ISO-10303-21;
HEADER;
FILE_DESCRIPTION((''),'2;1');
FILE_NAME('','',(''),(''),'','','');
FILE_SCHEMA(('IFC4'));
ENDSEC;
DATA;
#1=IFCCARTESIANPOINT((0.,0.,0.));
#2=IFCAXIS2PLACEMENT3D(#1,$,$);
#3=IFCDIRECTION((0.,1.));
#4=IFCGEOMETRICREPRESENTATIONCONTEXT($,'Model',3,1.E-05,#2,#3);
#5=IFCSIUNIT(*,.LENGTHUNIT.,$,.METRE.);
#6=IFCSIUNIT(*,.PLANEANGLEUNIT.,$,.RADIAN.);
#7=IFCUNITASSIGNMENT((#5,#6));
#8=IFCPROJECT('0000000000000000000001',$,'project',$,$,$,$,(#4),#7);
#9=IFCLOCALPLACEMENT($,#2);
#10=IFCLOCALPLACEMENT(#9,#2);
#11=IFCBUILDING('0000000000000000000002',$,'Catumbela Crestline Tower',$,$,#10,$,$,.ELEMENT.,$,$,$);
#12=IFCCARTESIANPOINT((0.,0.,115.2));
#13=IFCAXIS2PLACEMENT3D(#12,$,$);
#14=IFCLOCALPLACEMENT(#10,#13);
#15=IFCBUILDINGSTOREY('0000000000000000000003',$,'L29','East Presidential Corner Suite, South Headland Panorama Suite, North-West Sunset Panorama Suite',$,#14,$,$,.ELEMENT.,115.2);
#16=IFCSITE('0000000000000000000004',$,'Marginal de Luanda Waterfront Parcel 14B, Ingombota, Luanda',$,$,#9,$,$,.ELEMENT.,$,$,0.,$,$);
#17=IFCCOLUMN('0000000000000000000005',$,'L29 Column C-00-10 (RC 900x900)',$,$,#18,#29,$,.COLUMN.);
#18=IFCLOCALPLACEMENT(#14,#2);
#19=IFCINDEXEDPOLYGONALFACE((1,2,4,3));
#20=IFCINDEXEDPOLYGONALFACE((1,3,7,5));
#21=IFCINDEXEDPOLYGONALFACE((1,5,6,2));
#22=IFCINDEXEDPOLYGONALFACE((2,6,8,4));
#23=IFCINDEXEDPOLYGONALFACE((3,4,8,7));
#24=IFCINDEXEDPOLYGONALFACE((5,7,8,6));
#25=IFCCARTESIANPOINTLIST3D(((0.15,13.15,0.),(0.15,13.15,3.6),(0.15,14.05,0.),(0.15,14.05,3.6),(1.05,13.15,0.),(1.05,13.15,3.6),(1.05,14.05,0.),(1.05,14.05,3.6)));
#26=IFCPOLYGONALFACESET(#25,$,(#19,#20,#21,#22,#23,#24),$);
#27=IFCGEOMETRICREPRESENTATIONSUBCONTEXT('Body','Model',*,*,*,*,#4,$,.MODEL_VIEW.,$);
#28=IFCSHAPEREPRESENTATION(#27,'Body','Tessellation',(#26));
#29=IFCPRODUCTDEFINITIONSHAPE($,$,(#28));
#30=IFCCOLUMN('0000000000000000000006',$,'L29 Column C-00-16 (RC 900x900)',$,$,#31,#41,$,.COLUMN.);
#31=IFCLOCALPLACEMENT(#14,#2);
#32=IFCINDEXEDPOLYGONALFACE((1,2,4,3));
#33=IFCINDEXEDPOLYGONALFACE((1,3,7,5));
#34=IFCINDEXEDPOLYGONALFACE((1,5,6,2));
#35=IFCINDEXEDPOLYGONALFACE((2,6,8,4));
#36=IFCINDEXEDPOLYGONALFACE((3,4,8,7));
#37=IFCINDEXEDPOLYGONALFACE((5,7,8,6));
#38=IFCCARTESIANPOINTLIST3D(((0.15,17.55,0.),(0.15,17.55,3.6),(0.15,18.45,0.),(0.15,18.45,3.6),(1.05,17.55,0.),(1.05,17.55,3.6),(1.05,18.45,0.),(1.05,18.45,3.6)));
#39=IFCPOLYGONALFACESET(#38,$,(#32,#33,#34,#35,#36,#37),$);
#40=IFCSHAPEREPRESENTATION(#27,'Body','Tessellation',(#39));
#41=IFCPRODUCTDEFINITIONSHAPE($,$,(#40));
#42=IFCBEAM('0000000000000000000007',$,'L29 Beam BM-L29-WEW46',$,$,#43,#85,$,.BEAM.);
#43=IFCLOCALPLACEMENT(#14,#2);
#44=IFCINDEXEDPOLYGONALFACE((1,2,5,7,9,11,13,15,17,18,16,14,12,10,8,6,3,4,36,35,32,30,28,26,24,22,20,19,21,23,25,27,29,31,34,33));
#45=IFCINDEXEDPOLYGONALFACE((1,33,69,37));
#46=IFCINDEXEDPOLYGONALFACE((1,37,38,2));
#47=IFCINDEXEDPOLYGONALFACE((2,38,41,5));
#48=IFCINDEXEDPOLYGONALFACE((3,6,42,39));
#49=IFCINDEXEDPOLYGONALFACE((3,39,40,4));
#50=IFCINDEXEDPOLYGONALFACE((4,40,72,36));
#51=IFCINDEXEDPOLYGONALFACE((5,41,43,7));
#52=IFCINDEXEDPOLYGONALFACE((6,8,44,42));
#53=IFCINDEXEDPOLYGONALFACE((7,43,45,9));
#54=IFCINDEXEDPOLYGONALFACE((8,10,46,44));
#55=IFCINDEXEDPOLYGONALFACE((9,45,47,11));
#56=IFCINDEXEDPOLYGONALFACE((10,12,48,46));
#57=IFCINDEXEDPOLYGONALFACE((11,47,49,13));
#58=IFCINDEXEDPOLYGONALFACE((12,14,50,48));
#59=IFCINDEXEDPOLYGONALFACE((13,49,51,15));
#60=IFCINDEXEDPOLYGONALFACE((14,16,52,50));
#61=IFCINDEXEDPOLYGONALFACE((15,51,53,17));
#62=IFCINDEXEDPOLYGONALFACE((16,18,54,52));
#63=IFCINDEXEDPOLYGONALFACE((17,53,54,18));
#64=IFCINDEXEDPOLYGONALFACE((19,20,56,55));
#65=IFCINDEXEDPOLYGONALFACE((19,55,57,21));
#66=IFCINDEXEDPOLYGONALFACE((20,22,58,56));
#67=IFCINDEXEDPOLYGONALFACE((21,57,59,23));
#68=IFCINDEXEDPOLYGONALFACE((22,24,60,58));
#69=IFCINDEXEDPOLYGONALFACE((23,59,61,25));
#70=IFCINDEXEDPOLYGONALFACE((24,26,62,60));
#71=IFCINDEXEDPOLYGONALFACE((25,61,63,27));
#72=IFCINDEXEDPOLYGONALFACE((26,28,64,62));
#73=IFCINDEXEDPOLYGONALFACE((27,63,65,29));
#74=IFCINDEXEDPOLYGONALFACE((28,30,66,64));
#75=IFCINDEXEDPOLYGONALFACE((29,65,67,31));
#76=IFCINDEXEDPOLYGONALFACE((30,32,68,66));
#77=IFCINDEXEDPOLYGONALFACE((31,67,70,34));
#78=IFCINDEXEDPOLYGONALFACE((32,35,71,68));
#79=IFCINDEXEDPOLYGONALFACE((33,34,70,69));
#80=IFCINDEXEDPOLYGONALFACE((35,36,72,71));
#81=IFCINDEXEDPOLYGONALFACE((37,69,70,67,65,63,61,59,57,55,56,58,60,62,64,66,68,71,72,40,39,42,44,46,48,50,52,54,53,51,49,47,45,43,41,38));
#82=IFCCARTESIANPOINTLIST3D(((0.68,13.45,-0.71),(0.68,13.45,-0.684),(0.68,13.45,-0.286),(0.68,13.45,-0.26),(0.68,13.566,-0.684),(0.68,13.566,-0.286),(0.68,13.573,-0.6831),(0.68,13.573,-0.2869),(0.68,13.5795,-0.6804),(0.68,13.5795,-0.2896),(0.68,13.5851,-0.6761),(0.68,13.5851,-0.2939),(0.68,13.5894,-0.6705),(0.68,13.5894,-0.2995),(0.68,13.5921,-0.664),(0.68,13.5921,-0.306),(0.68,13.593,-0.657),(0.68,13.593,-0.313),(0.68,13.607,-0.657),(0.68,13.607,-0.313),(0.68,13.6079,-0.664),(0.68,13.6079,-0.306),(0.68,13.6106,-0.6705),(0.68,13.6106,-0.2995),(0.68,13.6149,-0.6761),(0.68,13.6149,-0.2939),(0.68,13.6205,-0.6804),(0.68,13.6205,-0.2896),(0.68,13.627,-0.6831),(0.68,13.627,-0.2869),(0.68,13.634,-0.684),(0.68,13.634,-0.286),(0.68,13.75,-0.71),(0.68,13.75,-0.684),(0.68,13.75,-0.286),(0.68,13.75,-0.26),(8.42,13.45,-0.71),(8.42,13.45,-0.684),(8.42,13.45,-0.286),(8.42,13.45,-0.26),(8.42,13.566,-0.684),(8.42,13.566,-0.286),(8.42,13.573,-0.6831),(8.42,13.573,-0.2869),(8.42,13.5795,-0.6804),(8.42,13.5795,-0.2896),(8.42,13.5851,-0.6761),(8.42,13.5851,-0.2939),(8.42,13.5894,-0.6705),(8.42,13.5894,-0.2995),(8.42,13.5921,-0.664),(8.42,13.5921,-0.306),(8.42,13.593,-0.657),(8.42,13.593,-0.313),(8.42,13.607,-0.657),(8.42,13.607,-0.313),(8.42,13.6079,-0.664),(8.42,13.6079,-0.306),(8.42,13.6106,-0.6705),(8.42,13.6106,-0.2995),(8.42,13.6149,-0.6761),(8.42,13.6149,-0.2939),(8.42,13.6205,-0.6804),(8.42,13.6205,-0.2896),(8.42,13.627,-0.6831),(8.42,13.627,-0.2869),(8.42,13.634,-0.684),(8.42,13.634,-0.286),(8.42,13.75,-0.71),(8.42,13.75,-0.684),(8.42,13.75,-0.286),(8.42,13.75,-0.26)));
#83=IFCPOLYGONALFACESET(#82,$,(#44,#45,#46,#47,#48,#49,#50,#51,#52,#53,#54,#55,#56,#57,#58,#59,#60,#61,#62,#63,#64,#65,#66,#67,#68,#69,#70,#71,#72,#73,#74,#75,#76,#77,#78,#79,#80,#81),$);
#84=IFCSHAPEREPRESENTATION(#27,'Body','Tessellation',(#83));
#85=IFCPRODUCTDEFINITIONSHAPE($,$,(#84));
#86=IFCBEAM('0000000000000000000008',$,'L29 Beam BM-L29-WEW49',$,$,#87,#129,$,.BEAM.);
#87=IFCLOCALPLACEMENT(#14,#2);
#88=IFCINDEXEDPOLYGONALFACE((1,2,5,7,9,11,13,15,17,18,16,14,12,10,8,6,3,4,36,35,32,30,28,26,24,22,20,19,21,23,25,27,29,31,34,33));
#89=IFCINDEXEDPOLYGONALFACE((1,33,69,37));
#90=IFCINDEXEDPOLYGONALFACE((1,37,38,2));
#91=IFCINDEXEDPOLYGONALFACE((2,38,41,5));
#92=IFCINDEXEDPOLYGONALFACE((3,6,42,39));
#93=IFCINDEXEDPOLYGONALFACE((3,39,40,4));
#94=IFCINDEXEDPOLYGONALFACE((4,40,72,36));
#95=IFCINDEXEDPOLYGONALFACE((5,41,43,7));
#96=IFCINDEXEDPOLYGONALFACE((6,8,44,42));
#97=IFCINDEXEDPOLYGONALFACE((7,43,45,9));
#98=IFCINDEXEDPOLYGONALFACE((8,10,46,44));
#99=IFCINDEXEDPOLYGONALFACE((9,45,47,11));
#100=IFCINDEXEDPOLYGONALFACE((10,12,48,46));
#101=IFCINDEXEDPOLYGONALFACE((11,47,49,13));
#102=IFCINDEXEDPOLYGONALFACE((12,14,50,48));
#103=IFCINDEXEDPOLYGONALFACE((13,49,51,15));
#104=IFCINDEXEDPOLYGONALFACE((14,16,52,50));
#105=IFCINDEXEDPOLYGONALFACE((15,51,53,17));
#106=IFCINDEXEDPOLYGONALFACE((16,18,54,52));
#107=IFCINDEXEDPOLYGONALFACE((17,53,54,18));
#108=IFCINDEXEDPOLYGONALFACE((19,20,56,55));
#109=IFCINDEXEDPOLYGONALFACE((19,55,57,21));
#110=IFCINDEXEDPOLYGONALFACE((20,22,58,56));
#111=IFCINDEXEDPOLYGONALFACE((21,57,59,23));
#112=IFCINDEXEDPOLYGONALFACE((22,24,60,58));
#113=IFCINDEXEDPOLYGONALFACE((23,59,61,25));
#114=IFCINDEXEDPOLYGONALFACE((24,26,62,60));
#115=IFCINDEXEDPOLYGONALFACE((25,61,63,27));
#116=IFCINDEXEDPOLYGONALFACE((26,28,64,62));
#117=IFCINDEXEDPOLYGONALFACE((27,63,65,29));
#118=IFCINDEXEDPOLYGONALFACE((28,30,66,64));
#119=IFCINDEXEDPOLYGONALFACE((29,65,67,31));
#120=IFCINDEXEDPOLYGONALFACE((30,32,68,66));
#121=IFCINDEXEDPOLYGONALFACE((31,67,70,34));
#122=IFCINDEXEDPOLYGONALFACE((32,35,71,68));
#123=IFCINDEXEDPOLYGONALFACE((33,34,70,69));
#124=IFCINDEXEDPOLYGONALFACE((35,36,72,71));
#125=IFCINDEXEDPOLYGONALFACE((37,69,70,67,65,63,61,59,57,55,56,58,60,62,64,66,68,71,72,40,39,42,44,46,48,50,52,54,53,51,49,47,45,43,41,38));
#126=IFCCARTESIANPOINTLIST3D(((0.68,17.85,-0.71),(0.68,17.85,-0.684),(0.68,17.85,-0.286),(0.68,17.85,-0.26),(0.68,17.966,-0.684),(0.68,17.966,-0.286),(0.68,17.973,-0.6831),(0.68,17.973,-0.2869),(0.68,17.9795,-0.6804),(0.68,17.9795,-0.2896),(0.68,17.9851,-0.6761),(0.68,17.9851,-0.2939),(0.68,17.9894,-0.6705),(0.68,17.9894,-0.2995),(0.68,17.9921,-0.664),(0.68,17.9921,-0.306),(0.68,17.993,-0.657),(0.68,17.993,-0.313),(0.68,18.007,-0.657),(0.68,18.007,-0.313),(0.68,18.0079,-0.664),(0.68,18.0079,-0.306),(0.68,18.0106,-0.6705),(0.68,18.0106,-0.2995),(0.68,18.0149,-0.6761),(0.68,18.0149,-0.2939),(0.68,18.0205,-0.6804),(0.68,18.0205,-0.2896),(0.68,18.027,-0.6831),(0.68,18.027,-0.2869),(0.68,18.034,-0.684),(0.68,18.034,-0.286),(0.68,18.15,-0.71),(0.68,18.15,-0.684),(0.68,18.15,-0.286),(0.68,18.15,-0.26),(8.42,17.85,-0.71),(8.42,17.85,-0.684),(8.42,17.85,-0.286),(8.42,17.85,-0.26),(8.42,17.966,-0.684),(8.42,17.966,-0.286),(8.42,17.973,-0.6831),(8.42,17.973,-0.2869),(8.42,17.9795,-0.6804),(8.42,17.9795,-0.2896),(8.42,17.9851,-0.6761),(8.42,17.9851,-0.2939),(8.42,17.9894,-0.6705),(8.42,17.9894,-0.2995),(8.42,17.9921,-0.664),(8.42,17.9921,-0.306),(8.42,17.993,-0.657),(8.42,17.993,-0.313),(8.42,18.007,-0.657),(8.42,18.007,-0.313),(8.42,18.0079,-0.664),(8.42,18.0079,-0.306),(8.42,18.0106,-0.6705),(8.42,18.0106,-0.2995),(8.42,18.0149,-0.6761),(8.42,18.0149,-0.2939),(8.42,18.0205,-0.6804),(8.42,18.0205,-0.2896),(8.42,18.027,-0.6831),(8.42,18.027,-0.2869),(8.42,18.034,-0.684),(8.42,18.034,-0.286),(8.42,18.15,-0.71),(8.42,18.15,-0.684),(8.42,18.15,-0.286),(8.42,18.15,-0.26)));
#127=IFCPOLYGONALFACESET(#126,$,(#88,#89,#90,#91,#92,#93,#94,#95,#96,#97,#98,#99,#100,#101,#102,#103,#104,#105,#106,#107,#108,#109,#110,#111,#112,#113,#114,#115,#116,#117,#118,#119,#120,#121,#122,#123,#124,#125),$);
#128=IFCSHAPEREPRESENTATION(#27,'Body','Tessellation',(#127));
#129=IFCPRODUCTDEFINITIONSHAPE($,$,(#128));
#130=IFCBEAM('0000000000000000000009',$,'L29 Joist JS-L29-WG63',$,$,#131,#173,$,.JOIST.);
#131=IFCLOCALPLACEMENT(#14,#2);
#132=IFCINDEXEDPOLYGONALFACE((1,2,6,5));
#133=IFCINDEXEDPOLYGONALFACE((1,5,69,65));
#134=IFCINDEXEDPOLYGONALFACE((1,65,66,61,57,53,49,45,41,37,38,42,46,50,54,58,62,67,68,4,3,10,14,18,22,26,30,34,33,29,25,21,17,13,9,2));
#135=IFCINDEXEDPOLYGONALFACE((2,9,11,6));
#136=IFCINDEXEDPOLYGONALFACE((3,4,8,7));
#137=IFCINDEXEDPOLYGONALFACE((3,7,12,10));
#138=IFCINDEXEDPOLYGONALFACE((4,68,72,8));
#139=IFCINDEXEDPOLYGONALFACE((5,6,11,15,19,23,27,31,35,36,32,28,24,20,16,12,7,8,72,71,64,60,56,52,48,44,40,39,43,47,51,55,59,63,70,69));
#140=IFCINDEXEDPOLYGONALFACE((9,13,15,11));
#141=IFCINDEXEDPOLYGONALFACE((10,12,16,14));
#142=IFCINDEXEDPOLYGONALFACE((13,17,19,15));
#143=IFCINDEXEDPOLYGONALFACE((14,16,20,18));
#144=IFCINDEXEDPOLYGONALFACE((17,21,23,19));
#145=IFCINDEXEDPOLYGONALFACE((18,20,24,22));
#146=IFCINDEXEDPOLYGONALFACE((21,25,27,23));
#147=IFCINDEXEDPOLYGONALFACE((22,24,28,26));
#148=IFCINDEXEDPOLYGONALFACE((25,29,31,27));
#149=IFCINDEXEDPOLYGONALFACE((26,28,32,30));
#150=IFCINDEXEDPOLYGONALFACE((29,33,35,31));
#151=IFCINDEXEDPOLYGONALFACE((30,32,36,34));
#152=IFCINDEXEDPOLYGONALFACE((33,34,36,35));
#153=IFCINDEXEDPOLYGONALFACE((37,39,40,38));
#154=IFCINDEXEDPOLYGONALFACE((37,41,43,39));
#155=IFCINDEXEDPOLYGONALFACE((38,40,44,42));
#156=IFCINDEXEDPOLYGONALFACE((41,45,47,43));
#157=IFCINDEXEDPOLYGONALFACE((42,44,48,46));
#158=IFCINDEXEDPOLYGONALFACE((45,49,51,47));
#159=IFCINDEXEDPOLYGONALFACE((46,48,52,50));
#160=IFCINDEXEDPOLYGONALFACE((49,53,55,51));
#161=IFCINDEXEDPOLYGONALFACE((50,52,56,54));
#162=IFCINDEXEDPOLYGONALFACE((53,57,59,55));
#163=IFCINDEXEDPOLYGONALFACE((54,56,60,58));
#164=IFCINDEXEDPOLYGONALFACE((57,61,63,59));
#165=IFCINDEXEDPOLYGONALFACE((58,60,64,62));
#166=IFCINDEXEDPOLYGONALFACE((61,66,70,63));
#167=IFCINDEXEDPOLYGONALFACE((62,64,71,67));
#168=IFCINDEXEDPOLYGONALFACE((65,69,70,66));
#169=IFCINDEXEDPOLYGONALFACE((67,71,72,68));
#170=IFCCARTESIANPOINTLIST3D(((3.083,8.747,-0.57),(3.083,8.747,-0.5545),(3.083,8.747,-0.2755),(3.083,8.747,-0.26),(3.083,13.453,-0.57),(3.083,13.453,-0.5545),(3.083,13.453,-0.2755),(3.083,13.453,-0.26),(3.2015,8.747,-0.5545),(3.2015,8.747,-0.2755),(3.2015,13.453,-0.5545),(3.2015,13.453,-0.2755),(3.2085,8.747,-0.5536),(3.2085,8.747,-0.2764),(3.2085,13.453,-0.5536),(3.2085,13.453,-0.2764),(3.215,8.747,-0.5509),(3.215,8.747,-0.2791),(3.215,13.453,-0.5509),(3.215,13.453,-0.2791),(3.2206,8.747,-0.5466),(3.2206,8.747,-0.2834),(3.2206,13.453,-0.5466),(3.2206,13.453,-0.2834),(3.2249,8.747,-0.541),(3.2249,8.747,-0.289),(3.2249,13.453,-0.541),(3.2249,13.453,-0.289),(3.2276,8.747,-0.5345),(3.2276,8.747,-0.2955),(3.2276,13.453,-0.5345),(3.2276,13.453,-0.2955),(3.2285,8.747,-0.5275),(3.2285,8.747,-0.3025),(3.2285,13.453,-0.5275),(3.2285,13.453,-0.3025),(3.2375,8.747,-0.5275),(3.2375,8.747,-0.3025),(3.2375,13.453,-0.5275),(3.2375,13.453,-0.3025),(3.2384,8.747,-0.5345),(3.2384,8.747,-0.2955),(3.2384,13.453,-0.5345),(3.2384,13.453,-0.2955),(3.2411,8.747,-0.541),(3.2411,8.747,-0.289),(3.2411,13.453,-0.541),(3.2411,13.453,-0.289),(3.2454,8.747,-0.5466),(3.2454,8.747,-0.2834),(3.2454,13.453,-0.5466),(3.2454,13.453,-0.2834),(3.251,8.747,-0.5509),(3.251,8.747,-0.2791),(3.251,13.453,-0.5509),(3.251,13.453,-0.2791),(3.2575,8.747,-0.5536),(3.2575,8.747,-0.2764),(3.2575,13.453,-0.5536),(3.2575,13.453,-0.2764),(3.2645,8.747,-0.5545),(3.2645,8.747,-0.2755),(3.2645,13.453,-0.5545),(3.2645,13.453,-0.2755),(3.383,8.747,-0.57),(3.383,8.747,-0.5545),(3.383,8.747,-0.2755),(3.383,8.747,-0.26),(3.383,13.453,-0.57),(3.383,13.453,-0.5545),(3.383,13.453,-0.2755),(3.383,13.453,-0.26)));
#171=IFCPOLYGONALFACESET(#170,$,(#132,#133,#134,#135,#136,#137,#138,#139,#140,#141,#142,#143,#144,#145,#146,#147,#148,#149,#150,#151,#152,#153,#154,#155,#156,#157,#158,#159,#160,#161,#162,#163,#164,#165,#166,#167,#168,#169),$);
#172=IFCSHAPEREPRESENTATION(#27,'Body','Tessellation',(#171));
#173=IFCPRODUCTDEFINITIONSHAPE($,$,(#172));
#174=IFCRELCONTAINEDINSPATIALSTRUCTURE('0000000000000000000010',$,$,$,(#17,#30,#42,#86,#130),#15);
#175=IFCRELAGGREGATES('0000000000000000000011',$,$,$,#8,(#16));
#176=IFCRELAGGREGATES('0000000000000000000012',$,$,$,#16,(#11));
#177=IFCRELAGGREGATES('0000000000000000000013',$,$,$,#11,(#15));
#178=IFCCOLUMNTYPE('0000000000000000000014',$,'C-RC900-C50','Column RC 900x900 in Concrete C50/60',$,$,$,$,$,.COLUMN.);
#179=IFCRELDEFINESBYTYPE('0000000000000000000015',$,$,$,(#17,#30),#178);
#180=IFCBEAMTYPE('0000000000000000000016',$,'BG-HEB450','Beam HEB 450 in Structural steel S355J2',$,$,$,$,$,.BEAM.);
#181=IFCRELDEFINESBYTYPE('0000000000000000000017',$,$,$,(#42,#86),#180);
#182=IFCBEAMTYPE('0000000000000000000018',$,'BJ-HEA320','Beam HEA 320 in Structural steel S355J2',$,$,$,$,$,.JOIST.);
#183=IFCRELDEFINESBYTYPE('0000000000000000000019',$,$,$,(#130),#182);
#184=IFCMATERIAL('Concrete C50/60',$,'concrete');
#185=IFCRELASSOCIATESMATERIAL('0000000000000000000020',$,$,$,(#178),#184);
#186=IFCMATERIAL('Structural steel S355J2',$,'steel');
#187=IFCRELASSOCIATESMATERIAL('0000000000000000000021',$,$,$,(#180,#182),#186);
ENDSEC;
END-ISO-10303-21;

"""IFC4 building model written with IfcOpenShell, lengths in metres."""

from ifc_helpers import new_model, si_unit, direction, frame, origin, origin_2d, place, context, subcontext, project, spatial, rectangle, i_section, extrude, material, material_profile, profile_set, type_object, element, save


model = new_model("IFC4")

# Units and contexts
model_context = context("Model", 3, precision=1e-05, world=origin(), true_north=direction((0.0, 1.0)))
body_context = subcontext(model_context, "Body", "Model", "MODEL_VIEW")
ifc_project = project(units=[si_unit("LENGTHUNIT", "METRE"), si_unit("PLANEANGLEUNIT", "RADIAN")], contexts=[model_context])

# Site, building, storey
site_placement = place(None, origin())
site = spatial("IfcSite", under=ifc_project, at=site_placement, Name="Marginal de Luanda Waterfront Parcel 14B, Ingombota, Luanda", CompositionType="ELEMENT", RefElevation=0.0)
building_placement = place(site_placement, origin())
building = spatial("IfcBuilding", under=site, at=building_placement, Name="Catumbela Crestline Tower", CompositionType="ELEMENT")
storey_placement = place(building_placement, frame((0.0, 0.0, 115.2)))
storey = spatial("IfcBuildingStorey", under=building, at=storey_placement, Name="L29", Description="East Presidential Corner Suite, South Headland Panorama Suite, North-West Sunset Panorama Suite", CompositionType="ELEMENT", Elevation=115.2)

# Columns
ifc_material_1 = material(Name="Concrete C50/60", Category="concrete")
ifc_material_profile_1 = material_profile(ifc_material_1, rectangle(XDim=0.9, YDim=0.9, at=origin_2d()), Name="RC 900x900")
ifc_profile_set_1 = profile_set([ifc_material_profile_1], Name="Concrete C50/60")
column_type = type_object("IfcColumnType", Name="C-RC900-C50", Description="Column RC 900x900 in Concrete C50/60", PredefinedType="COLUMN", material=ifc_profile_set_1)
for number, where, z_axis, x_axis, name in (
    (1, (0.6, 13.6, 0.0), (0.0, 0.0, 1.0), (1.0, 0.0, 0.0), "L29 Column C-00-10 (RC 900x900)"),
    (2, (0.6, 18.0, 0.0), (0.0, 0.0, 1.0), (1.0, 0.0, 0.0), "L29 Column C-00-16 (RC 900x900)"),
):
    element("IfcColumn", number, at=place(storey_placement, frame(where, z_axis=z_axis, x_axis=x_axis)), inside=storey, type_object=column_type, Name=name, PredefinedType="COLUMN", context=body_context, shape_type="SweptSolid", body=[
        extrude(rectangle(XDim=0.9, YDim=0.9, at=origin_2d()), origin(), (0.0, 0.0, 1.0), 3.6),
    ])

# Beams
ifc_material_2 = material(Name="Structural steel S355J2", Category="steel")
ifc_material_profile_2 = material_profile(ifc_material_2, i_section(OverallWidth=0.3, OverallDepth=0.45, WebThickness=0.014, FlangeThickness=0.026, FilletRadius=0.027, at=origin_2d()), Name="HEB 450")
ifc_profile_set_2 = profile_set([ifc_material_profile_2], Name="Structural steel S355J2")
beam_type_1 = type_object("IfcBeamType", Name="BG-HEB450", Description="Beam HEB 450 in Structural steel S355J2", PredefinedType="BEAM", material=ifc_profile_set_2)
for number, where, z_axis, x_axis, name in (
    (3, (0.68, 13.6, -0.485), (1.0, 0.0, 0.0), (0.0, 1.0, 0.0), "L29 Beam BM-L29-WEW46"),
    (4, (0.68, 18.0, -0.485), (1.0, 0.0, 0.0), (0.0, 1.0, 0.0), "L29 Beam BM-L29-WEW49"),
):
    element("IfcBeam", number, at=place(storey_placement, frame(where, z_axis=z_axis, x_axis=x_axis)), inside=storey, type_object=beam_type_1, Name=name, PredefinedType="BEAM", context=body_context, shape_type="SweptSolid", body=[
        extrude(i_section(OverallWidth=0.3, OverallDepth=0.45, WebThickness=0.014, FlangeThickness=0.026, FilletRadius=0.027, at=origin_2d()), origin(), (0.0, 0.0, 1.0), 7.74),
    ])
ifc_material_profile_3 = material_profile(ifc_material_2, i_section(OverallWidth=0.3, OverallDepth=0.31, WebThickness=0.009, FlangeThickness=0.0155, FilletRadius=0.027, at=origin_2d()), Name="HEA 320")
ifc_profile_set_3 = profile_set([ifc_material_profile_3], Name="Structural steel S355J2")
beam_type_2 = type_object("IfcBeamType", Name="BJ-HEA320", Description="Beam HEA 320 in Structural steel S355J2", PredefinedType="JOIST", material=ifc_profile_set_3)
for number, where, z_axis, x_axis, name in (
    (5, (3.233, 8.747, -0.415), (0.0, 1.0, 0.0), (-1.0, 0.0, 0.0), "L29 Joist JS-L29-WG63"),
):
    element("IfcBeam", number, at=place(storey_placement, frame(where, z_axis=z_axis, x_axis=x_axis)), inside=storey, type_object=beam_type_2, Name=name, PredefinedType="JOIST", context=body_context, shape_type="SweptSolid", body=[
        extrude(i_section(OverallWidth=0.3, OverallDepth=0.31, WebThickness=0.009, FlangeThickness=0.0155, FilletRadius=0.027, at=origin_2d()), origin(), (0.0, 0.0, 1.0), 4.706),
    ])

save(model, "model.ifc")
